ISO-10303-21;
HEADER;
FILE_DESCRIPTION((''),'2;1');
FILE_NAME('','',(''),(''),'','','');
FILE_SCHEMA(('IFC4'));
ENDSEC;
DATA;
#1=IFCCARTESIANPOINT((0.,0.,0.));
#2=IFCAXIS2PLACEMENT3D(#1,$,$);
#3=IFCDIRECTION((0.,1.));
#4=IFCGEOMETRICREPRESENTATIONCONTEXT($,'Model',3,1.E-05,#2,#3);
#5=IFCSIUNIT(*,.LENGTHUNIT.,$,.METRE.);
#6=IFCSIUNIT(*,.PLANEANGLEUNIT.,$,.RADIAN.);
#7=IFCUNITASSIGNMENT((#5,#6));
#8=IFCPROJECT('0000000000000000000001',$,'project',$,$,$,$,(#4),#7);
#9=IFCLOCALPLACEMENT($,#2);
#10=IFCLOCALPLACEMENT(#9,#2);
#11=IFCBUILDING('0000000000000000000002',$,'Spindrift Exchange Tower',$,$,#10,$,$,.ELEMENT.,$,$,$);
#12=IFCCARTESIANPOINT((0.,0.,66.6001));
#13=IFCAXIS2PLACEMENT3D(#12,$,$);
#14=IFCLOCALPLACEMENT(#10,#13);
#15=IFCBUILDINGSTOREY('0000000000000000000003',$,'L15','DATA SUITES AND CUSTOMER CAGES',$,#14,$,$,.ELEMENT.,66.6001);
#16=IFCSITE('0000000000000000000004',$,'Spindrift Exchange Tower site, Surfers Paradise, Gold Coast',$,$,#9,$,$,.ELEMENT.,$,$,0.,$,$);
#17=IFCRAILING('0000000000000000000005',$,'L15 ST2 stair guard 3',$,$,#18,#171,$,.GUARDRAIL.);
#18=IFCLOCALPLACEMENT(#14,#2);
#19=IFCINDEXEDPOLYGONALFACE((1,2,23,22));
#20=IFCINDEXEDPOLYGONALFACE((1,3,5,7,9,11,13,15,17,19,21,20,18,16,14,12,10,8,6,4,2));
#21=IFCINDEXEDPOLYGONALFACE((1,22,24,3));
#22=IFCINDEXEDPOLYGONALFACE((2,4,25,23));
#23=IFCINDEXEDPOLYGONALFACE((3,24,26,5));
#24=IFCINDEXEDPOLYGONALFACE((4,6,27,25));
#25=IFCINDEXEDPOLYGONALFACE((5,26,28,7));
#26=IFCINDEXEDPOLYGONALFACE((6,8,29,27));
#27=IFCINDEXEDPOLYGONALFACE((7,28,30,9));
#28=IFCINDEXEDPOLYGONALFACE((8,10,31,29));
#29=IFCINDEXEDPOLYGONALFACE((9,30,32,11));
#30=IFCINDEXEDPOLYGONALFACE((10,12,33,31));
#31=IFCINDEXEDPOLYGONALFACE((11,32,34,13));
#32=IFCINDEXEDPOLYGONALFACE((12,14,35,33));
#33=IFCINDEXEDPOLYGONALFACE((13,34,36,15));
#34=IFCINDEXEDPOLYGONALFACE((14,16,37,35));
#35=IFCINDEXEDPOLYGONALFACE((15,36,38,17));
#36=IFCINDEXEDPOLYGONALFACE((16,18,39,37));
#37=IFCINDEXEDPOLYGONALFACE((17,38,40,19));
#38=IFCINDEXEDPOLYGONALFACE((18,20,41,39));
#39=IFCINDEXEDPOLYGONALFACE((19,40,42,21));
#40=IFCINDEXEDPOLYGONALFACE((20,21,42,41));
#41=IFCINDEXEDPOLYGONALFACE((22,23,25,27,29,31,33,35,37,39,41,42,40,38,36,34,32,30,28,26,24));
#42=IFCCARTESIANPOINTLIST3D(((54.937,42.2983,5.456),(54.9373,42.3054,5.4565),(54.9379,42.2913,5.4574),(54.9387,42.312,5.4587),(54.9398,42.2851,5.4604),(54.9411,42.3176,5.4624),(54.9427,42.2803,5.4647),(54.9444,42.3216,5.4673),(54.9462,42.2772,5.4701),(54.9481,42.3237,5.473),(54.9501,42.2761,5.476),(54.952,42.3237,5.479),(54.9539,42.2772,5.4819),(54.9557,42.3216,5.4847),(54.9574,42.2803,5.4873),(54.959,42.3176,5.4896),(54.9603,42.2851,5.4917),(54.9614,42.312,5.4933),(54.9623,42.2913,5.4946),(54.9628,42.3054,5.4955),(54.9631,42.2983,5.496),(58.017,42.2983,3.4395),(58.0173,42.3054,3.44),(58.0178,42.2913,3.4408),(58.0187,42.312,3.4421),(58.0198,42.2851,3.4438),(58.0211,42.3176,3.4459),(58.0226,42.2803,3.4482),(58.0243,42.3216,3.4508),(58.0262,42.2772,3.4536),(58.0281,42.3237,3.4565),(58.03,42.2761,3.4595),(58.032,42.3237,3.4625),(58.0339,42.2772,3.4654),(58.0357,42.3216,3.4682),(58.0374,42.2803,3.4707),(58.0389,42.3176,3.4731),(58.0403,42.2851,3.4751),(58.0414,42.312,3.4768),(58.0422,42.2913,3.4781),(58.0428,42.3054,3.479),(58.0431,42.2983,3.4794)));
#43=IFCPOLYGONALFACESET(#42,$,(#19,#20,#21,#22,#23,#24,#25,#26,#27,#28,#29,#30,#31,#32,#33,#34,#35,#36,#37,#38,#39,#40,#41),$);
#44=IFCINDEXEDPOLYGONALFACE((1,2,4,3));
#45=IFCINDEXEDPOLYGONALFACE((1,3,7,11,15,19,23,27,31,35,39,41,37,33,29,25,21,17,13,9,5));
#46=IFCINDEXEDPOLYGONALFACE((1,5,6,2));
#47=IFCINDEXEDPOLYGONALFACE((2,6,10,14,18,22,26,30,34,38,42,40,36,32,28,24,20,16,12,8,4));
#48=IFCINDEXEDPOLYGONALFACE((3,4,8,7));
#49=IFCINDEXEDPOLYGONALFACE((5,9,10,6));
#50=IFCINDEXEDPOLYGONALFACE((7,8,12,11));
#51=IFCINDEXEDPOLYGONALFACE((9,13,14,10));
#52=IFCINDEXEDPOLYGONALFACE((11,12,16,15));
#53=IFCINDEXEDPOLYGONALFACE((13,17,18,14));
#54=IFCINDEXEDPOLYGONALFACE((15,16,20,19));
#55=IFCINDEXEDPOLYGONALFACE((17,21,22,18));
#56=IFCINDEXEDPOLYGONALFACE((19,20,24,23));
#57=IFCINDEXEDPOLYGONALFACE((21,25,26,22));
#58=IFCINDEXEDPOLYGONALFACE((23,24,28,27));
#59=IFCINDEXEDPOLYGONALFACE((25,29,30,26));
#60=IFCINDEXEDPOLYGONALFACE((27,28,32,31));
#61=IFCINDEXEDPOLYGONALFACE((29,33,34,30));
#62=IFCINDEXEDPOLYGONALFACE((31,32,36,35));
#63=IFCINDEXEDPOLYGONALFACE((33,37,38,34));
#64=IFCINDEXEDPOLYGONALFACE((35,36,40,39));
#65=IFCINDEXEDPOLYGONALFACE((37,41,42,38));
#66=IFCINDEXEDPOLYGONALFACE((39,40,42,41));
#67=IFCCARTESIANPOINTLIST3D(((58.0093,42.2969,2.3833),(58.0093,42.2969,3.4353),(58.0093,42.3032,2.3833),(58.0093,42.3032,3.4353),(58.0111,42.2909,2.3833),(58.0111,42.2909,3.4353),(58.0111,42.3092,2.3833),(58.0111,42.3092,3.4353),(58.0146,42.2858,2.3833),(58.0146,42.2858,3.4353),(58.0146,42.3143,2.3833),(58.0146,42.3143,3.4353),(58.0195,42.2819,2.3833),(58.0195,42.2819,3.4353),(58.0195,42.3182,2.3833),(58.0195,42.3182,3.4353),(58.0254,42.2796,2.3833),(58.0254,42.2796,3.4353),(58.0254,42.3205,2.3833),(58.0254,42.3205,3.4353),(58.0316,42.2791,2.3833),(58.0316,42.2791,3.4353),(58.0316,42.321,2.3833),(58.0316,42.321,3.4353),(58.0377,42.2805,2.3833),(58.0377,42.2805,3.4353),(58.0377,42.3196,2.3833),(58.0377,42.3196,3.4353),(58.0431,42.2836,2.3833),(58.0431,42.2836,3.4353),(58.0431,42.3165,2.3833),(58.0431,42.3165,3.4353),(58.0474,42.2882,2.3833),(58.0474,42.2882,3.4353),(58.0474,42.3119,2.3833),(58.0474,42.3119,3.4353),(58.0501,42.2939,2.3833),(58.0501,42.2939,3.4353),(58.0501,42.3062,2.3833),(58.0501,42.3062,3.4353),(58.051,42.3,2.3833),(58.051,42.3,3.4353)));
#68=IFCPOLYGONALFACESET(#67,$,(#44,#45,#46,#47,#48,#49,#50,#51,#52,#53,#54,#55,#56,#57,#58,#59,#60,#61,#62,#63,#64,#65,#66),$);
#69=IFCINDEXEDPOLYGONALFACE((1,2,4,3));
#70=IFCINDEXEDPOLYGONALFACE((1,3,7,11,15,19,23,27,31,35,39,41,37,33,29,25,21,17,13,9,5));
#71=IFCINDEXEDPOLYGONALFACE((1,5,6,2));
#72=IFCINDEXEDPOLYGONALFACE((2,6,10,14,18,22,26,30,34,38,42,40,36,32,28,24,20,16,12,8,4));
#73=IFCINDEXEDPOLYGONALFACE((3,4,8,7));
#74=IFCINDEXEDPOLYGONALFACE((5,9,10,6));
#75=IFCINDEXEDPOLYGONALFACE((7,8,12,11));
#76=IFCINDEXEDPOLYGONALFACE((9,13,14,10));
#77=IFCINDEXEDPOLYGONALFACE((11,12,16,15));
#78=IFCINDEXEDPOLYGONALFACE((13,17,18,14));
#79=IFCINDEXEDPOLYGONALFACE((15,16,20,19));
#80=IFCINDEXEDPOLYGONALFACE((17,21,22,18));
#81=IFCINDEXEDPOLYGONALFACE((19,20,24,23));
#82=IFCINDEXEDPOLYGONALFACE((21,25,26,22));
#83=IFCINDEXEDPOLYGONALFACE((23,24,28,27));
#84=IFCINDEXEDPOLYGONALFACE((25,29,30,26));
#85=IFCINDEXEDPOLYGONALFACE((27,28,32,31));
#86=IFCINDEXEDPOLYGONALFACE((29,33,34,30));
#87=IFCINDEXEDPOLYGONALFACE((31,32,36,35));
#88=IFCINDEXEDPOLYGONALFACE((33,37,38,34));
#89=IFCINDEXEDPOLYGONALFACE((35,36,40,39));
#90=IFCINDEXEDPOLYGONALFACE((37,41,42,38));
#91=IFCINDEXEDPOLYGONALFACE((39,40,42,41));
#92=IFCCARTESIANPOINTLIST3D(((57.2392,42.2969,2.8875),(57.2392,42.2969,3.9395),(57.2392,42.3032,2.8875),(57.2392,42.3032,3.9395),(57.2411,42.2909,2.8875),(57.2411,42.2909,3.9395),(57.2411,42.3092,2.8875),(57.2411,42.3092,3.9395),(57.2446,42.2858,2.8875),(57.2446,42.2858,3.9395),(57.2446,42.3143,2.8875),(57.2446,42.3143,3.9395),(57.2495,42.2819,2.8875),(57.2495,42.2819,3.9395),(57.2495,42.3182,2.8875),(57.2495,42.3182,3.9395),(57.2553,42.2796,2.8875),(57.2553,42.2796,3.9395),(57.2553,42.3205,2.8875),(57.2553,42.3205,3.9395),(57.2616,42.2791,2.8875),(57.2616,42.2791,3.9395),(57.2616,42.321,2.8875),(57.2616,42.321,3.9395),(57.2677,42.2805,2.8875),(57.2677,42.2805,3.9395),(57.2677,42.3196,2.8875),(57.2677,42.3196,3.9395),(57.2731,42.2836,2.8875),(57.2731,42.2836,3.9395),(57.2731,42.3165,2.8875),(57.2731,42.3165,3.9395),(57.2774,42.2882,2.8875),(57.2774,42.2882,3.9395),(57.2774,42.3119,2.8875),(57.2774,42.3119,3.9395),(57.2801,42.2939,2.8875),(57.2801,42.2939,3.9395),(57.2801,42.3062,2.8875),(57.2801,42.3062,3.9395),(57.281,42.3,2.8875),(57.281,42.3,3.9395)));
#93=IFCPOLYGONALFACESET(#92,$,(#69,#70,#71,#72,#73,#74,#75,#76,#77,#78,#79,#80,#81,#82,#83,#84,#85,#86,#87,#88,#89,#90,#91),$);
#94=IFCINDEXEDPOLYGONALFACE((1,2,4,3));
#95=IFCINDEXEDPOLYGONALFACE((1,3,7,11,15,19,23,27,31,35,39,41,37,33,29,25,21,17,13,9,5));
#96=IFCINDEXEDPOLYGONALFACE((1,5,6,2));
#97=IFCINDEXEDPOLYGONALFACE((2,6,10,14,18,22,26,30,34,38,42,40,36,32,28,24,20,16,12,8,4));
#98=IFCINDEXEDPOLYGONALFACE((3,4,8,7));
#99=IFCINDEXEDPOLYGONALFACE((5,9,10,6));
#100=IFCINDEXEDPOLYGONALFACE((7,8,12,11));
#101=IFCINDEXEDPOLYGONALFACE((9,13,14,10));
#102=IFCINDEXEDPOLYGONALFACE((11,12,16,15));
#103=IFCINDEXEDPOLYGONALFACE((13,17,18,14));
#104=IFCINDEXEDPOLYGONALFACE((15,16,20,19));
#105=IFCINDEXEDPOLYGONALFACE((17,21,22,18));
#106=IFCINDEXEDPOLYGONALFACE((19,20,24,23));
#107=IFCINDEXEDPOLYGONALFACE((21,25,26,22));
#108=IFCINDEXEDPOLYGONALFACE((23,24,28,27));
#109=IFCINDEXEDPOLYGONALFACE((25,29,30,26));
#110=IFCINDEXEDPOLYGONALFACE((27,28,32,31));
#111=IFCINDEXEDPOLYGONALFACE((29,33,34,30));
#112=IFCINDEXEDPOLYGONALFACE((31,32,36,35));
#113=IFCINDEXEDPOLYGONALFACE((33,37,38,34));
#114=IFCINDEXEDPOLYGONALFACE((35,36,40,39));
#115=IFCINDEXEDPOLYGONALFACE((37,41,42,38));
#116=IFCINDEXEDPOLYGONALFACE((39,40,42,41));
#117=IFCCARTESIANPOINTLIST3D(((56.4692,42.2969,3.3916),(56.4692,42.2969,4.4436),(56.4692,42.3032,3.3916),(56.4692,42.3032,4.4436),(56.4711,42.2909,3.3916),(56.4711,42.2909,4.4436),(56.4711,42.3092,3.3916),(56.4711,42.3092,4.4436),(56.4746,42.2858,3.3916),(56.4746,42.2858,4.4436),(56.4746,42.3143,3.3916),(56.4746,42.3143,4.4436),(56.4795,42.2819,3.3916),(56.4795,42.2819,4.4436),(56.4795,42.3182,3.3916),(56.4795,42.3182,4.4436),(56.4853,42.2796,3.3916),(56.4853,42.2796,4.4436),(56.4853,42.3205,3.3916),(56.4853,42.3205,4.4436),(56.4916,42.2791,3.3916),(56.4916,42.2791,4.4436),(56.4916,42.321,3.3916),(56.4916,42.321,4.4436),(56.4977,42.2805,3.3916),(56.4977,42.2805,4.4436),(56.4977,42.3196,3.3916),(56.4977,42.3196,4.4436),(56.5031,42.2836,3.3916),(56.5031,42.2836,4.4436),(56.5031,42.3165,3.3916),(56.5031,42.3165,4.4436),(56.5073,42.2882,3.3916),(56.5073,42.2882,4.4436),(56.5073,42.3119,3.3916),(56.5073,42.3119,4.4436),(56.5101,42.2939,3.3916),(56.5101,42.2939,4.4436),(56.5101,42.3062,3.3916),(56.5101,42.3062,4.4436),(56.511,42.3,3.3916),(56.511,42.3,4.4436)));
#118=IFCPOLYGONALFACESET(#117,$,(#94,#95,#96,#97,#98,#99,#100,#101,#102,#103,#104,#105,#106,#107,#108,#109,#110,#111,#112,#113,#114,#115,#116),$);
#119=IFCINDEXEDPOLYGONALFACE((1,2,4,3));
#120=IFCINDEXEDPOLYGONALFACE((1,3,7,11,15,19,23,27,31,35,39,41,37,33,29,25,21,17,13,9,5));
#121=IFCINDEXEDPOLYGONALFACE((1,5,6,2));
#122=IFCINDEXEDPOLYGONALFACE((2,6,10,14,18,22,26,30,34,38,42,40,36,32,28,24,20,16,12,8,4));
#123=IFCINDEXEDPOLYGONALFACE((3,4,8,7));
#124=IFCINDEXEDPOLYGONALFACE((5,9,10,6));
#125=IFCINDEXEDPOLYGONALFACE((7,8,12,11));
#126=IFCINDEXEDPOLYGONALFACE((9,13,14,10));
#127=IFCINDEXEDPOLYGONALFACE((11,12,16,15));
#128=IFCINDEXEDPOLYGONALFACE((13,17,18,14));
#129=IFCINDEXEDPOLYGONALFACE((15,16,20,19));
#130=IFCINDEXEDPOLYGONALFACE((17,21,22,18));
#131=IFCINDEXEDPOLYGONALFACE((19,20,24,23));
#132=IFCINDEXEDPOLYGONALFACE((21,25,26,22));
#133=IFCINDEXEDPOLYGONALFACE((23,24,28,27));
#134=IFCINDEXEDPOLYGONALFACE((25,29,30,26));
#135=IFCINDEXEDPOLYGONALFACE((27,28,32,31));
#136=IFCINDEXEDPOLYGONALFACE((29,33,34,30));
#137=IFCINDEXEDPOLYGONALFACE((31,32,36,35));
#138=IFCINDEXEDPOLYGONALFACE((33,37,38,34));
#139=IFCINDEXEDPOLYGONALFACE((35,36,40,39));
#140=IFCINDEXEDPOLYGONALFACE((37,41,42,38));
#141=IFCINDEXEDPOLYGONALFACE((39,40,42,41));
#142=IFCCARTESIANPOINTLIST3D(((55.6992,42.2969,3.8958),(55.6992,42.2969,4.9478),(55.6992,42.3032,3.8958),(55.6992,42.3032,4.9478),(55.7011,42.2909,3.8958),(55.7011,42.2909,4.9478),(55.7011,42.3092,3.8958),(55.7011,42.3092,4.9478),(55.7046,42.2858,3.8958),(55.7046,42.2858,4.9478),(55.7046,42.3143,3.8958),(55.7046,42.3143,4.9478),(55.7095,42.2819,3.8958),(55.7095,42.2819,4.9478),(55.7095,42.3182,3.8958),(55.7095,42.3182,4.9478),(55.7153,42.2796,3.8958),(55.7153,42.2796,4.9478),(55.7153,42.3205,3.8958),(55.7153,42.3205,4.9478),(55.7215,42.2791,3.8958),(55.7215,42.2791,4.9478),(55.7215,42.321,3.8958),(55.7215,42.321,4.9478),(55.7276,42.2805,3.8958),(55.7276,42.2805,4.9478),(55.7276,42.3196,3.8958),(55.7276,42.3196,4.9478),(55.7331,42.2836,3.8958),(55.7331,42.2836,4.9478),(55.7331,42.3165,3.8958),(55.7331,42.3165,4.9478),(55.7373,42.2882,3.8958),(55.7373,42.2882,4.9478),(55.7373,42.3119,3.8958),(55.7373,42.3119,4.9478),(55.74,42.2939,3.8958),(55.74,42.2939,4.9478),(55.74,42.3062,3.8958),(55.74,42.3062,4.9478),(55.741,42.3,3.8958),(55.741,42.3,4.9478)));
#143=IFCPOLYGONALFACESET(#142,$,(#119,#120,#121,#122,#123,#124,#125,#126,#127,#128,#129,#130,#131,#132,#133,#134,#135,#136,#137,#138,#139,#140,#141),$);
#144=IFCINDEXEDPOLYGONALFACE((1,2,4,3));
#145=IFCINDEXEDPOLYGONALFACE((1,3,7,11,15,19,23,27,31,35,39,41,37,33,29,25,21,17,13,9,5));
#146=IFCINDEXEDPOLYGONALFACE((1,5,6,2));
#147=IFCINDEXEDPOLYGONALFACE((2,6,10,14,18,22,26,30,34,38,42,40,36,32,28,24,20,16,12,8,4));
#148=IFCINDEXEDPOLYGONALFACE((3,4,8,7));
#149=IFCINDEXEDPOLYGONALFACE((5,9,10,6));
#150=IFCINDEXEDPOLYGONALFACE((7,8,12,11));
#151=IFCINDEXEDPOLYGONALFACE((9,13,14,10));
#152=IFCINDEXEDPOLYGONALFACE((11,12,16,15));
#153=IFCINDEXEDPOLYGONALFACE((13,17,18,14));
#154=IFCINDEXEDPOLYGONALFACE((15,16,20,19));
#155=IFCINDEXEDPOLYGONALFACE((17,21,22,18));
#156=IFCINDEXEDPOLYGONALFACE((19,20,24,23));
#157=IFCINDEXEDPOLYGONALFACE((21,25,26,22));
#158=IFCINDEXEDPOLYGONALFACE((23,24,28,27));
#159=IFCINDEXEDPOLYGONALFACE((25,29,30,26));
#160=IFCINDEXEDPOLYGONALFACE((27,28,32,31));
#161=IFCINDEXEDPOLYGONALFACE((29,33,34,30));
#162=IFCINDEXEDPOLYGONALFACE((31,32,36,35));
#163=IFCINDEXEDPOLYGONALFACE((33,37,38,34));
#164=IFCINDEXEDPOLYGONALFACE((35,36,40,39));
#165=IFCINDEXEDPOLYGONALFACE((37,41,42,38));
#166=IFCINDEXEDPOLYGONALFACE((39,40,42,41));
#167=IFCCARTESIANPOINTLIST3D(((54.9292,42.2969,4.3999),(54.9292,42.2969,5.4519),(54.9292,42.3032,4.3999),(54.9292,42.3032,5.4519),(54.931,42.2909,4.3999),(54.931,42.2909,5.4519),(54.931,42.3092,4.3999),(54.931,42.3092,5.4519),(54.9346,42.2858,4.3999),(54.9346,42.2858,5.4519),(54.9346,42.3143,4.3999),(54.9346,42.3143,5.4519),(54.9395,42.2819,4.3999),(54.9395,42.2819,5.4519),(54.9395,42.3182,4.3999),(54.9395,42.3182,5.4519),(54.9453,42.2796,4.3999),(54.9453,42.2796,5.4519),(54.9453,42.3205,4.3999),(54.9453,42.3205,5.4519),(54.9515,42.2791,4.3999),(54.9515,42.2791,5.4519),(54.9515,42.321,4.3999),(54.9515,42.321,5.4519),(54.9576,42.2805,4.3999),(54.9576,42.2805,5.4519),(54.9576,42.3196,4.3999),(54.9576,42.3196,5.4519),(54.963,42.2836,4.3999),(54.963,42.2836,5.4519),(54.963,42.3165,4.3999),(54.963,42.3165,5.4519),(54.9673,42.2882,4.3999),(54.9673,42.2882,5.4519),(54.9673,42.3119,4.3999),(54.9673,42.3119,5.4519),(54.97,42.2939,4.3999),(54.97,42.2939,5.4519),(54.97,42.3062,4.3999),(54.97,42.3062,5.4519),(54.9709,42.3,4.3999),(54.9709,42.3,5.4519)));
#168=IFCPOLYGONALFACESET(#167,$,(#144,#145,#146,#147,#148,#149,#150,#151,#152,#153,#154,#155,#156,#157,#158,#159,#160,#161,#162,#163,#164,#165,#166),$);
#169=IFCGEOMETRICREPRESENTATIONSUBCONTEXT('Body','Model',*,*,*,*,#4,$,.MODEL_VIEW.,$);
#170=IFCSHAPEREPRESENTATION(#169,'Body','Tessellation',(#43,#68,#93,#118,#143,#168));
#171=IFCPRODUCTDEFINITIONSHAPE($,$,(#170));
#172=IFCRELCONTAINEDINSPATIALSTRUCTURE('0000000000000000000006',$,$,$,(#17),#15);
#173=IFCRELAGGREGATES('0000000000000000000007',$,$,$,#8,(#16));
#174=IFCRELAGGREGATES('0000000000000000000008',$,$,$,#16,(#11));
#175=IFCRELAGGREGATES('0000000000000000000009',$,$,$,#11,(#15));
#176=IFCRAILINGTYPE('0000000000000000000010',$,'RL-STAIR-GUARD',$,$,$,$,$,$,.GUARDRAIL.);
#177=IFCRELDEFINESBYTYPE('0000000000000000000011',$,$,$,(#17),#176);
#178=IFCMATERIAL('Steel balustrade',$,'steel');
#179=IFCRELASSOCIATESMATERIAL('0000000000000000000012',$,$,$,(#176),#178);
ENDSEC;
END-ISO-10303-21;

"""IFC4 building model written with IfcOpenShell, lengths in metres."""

from ifc_helpers import new_model, si_unit, direction, frame, origin, origin_2d, place, context, subcontext, project, spatial, circle, extrude, material, type_object, element, save


model = new_model("IFC4")

# Units and contexts
model_context = context("Model", 3, precision=1e-05, world=origin(), true_north=direction((0.0, 1.0)))
body_context = subcontext(model_context, "Body", "Model", "MODEL_VIEW")
ifc_project = project(units=[si_unit("LENGTHUNIT", "METRE"), si_unit("PLANEANGLEUNIT", "RADIAN")], contexts=[model_context])

# Site, building, storey
site_placement = place(None, origin())
site = spatial("IfcSite", under=ifc_project, at=site_placement, Name="Spindrift Exchange Tower site, Surfers Paradise, Gold Coast", CompositionType="ELEMENT", RefElevation=0.0)
building_placement = place(site_placement, origin())
building = spatial("IfcBuilding", under=site, at=building_placement, Name="Spindrift Exchange Tower", CompositionType="ELEMENT")
storey_placement = place(building_placement, frame((0.0, 0.0, 66.6001)))
storey = spatial("IfcBuildingStorey", under=building, at=storey_placement, Name="L15", Description="DATA SUITES AND CUSTOMER CAGES", CompositionType="ELEMENT", Elevation=66.6001)

# Railing
ifc_material_1 = material(Name="Steel balustrade", Category="steel")
railing_type_1 = type_object("IfcRailingType", Name="RL-STAIR-GUARD", PredefinedType="GUARDRAIL", material=ifc_material_1)
railing_1_placement = place(storey_placement, frame((58.03, 42.3, 2.3833)))
element("IfcRailing", 1, at=railing_1_placement, inside=storey, type_object=railing_type_1, Name="L15 ST2 stair guard 3", PredefinedType="GUARDRAIL", context=body_context, shape_type="SweptSolid", body=[
    extrude(circle(Radius=0.0239, at=origin_2d()), frame((0.0, 0.0, 1.0762), z_axis=(-0.836633, 0.0, 0.547764), x_axis=(0.0, -1.0, 0.0)), (0.0, 0.0, 1.0), 3.6814),
    extrude(circle(Radius=0.021, at=origin_2d()), origin(), (0.0, 0.0, 1.0), 1.052),
    extrude(circle(Radius=0.021, at=origin_2d()), frame((-0.77, 0.0, 0.5042)), (0.0, 0.0, 1.0), 1.052),
    extrude(circle(Radius=0.021, at=origin_2d()), frame((-1.54, 0.0, 1.0083)), (0.0, 0.0, 1.0), 1.052),
    extrude(circle(Radius=0.021, at=origin_2d()), frame((-2.3101, 0.0, 1.5125)), (0.0, 0.0, 1.0), 1.052),
    extrude(circle(Radius=0.021, at=origin_2d()), frame((-3.0801, 0.0, 2.0166)), (0.0, 0.0, 1.0), 1.052),
])

save(model, "model.ifc")
